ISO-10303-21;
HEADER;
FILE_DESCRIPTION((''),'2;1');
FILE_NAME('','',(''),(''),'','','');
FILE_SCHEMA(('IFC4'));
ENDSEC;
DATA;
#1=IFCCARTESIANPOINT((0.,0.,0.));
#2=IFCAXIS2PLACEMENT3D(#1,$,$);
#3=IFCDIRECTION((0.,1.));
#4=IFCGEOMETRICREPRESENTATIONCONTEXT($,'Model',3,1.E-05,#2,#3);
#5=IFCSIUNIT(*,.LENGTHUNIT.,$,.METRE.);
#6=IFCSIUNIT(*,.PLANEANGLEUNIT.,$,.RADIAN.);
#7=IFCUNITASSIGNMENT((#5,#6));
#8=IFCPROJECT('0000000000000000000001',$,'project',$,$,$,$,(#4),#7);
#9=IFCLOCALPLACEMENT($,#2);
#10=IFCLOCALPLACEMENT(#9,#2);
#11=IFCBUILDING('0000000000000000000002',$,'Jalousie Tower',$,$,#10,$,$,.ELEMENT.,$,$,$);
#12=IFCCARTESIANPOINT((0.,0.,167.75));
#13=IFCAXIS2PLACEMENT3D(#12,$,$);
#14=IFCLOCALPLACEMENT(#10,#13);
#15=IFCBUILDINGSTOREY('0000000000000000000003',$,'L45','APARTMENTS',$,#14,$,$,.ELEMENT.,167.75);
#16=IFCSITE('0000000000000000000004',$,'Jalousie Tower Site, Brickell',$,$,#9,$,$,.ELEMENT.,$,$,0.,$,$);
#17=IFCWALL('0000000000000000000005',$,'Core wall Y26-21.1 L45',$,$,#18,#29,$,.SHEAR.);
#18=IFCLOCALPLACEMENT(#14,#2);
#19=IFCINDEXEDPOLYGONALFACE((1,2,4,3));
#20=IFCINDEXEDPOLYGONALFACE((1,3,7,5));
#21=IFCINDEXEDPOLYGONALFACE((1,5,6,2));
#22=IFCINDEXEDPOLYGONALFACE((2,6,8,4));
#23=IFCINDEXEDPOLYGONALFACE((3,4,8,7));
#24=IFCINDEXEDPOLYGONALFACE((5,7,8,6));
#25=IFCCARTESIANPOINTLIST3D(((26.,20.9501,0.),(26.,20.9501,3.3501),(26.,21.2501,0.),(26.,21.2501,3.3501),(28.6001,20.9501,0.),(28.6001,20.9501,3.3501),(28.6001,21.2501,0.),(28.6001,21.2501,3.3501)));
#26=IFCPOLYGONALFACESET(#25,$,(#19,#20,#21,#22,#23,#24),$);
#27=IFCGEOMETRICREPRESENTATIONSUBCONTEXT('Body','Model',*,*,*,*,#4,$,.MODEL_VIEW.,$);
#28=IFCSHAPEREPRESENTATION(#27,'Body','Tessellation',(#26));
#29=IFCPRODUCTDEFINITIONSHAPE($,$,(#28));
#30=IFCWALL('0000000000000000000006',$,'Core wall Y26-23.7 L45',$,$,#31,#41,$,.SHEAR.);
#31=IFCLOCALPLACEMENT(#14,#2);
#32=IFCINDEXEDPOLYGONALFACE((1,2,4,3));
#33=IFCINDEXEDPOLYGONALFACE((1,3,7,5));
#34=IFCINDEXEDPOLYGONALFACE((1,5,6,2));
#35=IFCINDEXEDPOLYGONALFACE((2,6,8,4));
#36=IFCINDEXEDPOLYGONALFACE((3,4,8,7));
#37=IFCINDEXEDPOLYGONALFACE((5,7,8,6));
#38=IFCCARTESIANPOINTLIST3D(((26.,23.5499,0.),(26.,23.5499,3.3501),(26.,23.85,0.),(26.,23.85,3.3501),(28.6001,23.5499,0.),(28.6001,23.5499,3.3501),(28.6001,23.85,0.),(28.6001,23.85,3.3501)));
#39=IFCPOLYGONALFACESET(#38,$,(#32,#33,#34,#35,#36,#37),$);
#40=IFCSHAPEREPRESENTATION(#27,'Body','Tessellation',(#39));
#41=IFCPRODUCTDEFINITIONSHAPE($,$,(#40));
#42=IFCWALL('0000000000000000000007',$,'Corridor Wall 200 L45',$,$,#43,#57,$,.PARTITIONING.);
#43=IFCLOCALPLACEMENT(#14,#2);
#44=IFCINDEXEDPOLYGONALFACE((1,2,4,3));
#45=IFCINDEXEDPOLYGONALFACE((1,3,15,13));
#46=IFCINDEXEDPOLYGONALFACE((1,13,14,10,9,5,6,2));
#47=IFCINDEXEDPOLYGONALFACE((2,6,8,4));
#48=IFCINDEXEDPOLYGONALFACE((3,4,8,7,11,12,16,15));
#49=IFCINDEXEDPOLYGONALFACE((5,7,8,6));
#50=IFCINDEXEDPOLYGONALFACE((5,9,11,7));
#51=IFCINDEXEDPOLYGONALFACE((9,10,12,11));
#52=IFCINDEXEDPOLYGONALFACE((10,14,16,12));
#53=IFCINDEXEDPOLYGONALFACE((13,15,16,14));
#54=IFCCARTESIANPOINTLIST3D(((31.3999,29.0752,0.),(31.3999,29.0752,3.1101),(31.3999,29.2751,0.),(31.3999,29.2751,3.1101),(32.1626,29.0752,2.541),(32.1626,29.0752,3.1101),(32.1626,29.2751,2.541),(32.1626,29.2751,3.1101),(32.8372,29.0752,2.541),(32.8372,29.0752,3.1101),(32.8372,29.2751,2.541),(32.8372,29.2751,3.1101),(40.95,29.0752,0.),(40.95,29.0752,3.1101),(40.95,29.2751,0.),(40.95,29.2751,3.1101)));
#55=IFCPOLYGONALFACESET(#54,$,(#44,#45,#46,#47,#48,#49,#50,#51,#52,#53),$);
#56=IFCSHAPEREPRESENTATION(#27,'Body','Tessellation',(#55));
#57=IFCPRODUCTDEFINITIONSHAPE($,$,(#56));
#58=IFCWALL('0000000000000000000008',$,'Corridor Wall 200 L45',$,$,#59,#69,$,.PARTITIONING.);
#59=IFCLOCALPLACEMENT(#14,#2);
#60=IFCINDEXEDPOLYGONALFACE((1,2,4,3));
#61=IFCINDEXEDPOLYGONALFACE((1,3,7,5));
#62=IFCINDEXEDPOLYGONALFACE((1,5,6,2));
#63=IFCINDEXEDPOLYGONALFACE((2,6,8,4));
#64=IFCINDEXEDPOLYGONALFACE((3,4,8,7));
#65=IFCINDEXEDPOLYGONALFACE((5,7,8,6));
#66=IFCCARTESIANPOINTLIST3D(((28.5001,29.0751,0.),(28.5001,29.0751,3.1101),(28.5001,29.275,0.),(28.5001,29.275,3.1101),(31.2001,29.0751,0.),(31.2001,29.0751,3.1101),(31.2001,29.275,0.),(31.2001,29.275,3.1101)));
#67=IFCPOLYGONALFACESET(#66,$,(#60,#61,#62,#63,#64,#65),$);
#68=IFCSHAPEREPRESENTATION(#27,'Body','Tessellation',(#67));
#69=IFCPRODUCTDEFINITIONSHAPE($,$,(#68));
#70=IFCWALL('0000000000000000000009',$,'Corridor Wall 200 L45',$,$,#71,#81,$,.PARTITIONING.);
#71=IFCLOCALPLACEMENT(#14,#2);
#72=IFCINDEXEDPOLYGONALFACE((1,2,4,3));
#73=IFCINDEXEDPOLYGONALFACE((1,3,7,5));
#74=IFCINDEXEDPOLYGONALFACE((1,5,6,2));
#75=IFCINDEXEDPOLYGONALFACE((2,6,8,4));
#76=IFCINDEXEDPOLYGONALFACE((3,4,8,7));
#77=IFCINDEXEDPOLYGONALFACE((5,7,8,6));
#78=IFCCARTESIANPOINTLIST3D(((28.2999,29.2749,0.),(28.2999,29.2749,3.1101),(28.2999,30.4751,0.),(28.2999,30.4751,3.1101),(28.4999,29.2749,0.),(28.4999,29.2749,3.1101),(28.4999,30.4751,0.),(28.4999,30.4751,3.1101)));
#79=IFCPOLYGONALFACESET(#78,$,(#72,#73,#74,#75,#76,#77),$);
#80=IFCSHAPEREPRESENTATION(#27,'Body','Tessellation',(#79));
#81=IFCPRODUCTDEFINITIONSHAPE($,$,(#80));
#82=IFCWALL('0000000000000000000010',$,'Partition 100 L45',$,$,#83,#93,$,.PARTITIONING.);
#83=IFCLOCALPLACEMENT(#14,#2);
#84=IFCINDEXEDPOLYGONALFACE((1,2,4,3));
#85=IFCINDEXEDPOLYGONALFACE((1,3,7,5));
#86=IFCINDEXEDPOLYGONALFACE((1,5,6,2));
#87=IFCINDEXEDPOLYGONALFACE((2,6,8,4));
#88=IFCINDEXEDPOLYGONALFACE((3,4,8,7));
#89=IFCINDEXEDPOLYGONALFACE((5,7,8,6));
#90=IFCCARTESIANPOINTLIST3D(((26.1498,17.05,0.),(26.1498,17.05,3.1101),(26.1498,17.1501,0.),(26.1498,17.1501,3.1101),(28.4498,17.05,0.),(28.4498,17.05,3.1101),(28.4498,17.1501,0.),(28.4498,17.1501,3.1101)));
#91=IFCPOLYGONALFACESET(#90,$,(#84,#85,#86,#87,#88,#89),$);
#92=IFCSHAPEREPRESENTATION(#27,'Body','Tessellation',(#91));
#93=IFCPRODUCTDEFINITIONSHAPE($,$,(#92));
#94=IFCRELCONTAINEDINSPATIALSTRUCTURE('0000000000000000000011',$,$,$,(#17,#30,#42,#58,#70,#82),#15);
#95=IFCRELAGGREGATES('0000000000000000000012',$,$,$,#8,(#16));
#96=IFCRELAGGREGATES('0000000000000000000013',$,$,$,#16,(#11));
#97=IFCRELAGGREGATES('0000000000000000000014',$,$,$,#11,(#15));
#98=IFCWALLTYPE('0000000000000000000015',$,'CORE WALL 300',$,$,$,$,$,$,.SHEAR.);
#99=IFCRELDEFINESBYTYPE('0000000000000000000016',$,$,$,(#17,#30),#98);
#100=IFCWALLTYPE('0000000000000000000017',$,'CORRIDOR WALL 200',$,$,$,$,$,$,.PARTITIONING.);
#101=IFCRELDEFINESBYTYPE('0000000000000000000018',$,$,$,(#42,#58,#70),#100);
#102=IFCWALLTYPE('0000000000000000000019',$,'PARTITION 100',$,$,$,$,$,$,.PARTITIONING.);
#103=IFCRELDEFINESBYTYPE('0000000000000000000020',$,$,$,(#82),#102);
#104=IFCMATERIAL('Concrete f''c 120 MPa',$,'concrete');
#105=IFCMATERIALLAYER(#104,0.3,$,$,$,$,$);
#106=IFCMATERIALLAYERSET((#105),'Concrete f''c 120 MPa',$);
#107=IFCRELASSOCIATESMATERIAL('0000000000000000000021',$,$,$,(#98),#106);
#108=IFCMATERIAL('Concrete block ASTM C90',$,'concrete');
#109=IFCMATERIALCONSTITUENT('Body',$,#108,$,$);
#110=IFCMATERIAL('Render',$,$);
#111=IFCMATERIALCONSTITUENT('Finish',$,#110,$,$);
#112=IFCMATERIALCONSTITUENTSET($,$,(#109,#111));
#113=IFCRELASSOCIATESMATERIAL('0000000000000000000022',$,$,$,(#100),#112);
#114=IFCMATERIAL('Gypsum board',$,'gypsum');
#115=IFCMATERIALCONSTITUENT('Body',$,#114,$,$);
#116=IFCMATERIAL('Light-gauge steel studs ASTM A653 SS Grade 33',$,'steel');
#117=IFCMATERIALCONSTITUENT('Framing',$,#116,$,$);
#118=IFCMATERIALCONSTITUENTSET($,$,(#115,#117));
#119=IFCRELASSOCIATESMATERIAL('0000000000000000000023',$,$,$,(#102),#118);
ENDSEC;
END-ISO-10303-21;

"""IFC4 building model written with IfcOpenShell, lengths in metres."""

from ifc_helpers import new_model, si_unit, direction, frame, frame_2d, origin, place, context, subcontext, project, spatial, polyline, rectangle, outline, extrude, material, layer, layer_set, constituent, constituent_set, type_object, element, save


model = new_model("IFC4")

# Units and contexts
model_context = context("Model", 3, precision=1e-05, world=origin(), true_north=direction((0.0, 1.0)))
body_context = subcontext(model_context, "Body", "Model", "MODEL_VIEW")
ifc_project = project(units=[si_unit("LENGTHUNIT", "METRE"), si_unit("PLANEANGLEUNIT", "RADIAN")], contexts=[model_context])

# Site, building, storey
site_placement = place(None, origin())
site = spatial("IfcSite", under=ifc_project, at=site_placement, Name="Jalousie Tower Site, Brickell", CompositionType="ELEMENT", RefElevation=0.0)
building_placement = place(site_placement, origin())
building = spatial("IfcBuilding", under=site, at=building_placement, Name="Jalousie Tower", CompositionType="ELEMENT")
storey_placement = place(building_placement, frame((0.0, 0.0, 167.75)))
storey = spatial("IfcBuildingStorey", under=building, at=storey_placement, Name="L45", Description="APARTMENTS", CompositionType="ELEMENT", Elevation=167.75)

# Shared definitions
ifc_material_1 = material(Name="Concrete f'c 120 MPa", Category="concrete")
ifc_layer_1 = layer(ifc_material_1, 0.3)
ifc_layer_set_1 = layer_set([ifc_layer_1], Name="Concrete f'c 120 MPa")
wall_type_1 = type_object("IfcWallType", Name="CORE WALL 300", PredefinedType="SHEAR", material=ifc_layer_set_1)

# Walls
for number, where, z_axis, x_axis, name in (
    (1, (26.0, 21.1001, 0.0), (0.0, 0.0, 1.0), (1.0, 0.0, 0.0), "Core wall Y26-21.1 L45"),
    (2, (26.0, 23.7, 0.0), (0.0, 0.0, 1.0), (1.0, 0.0, 0.0), "Core wall Y26-23.7 L45"),
):
    element("IfcWall", number, at=place(storey_placement, frame(where, z_axis=z_axis, x_axis=x_axis)), inside=storey, type_object=wall_type_1, Name=name, PredefinedType="SHEAR", context=body_context, shape_type="SweptSolid", body=[
        extrude(rectangle(XDim=2.6001, YDim=0.3, at=frame_2d((1.3, 0.0))), origin(), (0.0, 0.0, 1.0), 3.3501),
    ])
ifc_material_2 = material(Name="Concrete block ASTM C90", Category="concrete")
ifc_constituent_1 = constituent(ifc_material_2, Name="Body")
ifc_material_3 = material(Name="Render")
ifc_constituent_2 = constituent(ifc_material_3, Name="Finish")
ifc_constituent_set_1 = constituent_set(constituents=[ifc_constituent_1, ifc_constituent_2])
wall_type_2 = type_object("IfcWallType", Name="CORRIDOR WALL 200", PredefinedType="PARTITIONING", material=ifc_constituent_set_1)
wall_1_placement = place(storey_placement, frame((31.3999, 29.175, 0.0), z_axis=(0.0, 0.0, 1.0), x_axis=(1.0, 0.0, 0.0)))
element("IfcWall", 3, at=wall_1_placement, inside=storey, type_object=wall_type_2, Name="Corridor Wall 200 L45", PredefinedType="PARTITIONING", context=body_context, shape_type="SweptSolid", body=[
    extrude(outline(polyline([(0.0, 0.0), (9.55, 0.0), (9.55, 3.1101), (1.4373, 3.1101), (1.4373, 2.541), (0.7627, 2.541), (0.7627, 3.1101), (0.0, 3.1101), (0.0, 0.0)])), frame((0.0, 0.1001, 0.0), z_axis=(0.0, -1.0, 0.0), x_axis=(1.0, 0.0, 0.0)), (0.0, 0.0, 1.0), 0.2),
])
wall_2_placement = place(storey_placement, frame((28.5, 29.175, 0.0), z_axis=(0.0, 0.0, 1.0), x_axis=(1.0, 0.0, 0.0)))
element("IfcWall", 4, at=wall_2_placement, inside=storey, type_object=wall_type_2, Name="Corridor Wall 200 L45", PredefinedType="PARTITIONING", context=body_context, shape_type="SweptSolid", body=[
    extrude(rectangle(XDim=2.7, YDim=0.2, at=frame_2d((1.3501, 0.0))), origin(), (0.0, 0.0, 1.0), 3.1101),
])
wall_3_placement = place(storey_placement, frame((28.3999, 29.2749, 0.0), z_axis=(0.0, 0.0, 1.0), x_axis=(0.0, 1.0, 0.0)))
element("IfcWall", 5, at=wall_3_placement, inside=storey, type_object=wall_type_2, Name="Corridor Wall 200 L45", PredefinedType="PARTITIONING", context=body_context, shape_type="SweptSolid", body=[
    extrude(rectangle(XDim=1.2002, YDim=0.2, at=frame_2d((0.6001, 0.0))), origin(), (0.0, 0.0, 1.0), 3.1101),
])
ifc_material_4 = material(Name="Gypsum board", Category="gypsum")
ifc_constituent_3 = constituent(ifc_material_4, Name="Body")
ifc_material_5 = material(Name="Light-gauge steel studs ASTM A653 SS Grade 33", Category="steel")
ifc_constituent_4 = constituent(ifc_material_5, Name="Framing")
ifc_constituent_set_2 = constituent_set(constituents=[ifc_constituent_3, ifc_constituent_4])
wall_type_3 = type_object("IfcWallType", Name="PARTITION 100", PredefinedType="PARTITIONING", material=ifc_constituent_set_2)
wall_4_placement = place(storey_placement, frame((26.1499, 17.1001, 0.0), z_axis=(0.0, 0.0, 1.0), x_axis=(1.0, 0.0, 0.0)))
element("IfcWall", 6, at=wall_4_placement, inside=storey, type_object=wall_type_3, Name="Partition 100 L45", PredefinedType="PARTITIONING", context=body_context, shape_type="SweptSolid", body=[
    extrude(rectangle(XDim=2.3, YDim=0.1001, at=frame_2d((1.1499, 0.0))), origin(), (0.0, 0.0, 1.0), 3.1101),
])

save(model, "model.ifc")
